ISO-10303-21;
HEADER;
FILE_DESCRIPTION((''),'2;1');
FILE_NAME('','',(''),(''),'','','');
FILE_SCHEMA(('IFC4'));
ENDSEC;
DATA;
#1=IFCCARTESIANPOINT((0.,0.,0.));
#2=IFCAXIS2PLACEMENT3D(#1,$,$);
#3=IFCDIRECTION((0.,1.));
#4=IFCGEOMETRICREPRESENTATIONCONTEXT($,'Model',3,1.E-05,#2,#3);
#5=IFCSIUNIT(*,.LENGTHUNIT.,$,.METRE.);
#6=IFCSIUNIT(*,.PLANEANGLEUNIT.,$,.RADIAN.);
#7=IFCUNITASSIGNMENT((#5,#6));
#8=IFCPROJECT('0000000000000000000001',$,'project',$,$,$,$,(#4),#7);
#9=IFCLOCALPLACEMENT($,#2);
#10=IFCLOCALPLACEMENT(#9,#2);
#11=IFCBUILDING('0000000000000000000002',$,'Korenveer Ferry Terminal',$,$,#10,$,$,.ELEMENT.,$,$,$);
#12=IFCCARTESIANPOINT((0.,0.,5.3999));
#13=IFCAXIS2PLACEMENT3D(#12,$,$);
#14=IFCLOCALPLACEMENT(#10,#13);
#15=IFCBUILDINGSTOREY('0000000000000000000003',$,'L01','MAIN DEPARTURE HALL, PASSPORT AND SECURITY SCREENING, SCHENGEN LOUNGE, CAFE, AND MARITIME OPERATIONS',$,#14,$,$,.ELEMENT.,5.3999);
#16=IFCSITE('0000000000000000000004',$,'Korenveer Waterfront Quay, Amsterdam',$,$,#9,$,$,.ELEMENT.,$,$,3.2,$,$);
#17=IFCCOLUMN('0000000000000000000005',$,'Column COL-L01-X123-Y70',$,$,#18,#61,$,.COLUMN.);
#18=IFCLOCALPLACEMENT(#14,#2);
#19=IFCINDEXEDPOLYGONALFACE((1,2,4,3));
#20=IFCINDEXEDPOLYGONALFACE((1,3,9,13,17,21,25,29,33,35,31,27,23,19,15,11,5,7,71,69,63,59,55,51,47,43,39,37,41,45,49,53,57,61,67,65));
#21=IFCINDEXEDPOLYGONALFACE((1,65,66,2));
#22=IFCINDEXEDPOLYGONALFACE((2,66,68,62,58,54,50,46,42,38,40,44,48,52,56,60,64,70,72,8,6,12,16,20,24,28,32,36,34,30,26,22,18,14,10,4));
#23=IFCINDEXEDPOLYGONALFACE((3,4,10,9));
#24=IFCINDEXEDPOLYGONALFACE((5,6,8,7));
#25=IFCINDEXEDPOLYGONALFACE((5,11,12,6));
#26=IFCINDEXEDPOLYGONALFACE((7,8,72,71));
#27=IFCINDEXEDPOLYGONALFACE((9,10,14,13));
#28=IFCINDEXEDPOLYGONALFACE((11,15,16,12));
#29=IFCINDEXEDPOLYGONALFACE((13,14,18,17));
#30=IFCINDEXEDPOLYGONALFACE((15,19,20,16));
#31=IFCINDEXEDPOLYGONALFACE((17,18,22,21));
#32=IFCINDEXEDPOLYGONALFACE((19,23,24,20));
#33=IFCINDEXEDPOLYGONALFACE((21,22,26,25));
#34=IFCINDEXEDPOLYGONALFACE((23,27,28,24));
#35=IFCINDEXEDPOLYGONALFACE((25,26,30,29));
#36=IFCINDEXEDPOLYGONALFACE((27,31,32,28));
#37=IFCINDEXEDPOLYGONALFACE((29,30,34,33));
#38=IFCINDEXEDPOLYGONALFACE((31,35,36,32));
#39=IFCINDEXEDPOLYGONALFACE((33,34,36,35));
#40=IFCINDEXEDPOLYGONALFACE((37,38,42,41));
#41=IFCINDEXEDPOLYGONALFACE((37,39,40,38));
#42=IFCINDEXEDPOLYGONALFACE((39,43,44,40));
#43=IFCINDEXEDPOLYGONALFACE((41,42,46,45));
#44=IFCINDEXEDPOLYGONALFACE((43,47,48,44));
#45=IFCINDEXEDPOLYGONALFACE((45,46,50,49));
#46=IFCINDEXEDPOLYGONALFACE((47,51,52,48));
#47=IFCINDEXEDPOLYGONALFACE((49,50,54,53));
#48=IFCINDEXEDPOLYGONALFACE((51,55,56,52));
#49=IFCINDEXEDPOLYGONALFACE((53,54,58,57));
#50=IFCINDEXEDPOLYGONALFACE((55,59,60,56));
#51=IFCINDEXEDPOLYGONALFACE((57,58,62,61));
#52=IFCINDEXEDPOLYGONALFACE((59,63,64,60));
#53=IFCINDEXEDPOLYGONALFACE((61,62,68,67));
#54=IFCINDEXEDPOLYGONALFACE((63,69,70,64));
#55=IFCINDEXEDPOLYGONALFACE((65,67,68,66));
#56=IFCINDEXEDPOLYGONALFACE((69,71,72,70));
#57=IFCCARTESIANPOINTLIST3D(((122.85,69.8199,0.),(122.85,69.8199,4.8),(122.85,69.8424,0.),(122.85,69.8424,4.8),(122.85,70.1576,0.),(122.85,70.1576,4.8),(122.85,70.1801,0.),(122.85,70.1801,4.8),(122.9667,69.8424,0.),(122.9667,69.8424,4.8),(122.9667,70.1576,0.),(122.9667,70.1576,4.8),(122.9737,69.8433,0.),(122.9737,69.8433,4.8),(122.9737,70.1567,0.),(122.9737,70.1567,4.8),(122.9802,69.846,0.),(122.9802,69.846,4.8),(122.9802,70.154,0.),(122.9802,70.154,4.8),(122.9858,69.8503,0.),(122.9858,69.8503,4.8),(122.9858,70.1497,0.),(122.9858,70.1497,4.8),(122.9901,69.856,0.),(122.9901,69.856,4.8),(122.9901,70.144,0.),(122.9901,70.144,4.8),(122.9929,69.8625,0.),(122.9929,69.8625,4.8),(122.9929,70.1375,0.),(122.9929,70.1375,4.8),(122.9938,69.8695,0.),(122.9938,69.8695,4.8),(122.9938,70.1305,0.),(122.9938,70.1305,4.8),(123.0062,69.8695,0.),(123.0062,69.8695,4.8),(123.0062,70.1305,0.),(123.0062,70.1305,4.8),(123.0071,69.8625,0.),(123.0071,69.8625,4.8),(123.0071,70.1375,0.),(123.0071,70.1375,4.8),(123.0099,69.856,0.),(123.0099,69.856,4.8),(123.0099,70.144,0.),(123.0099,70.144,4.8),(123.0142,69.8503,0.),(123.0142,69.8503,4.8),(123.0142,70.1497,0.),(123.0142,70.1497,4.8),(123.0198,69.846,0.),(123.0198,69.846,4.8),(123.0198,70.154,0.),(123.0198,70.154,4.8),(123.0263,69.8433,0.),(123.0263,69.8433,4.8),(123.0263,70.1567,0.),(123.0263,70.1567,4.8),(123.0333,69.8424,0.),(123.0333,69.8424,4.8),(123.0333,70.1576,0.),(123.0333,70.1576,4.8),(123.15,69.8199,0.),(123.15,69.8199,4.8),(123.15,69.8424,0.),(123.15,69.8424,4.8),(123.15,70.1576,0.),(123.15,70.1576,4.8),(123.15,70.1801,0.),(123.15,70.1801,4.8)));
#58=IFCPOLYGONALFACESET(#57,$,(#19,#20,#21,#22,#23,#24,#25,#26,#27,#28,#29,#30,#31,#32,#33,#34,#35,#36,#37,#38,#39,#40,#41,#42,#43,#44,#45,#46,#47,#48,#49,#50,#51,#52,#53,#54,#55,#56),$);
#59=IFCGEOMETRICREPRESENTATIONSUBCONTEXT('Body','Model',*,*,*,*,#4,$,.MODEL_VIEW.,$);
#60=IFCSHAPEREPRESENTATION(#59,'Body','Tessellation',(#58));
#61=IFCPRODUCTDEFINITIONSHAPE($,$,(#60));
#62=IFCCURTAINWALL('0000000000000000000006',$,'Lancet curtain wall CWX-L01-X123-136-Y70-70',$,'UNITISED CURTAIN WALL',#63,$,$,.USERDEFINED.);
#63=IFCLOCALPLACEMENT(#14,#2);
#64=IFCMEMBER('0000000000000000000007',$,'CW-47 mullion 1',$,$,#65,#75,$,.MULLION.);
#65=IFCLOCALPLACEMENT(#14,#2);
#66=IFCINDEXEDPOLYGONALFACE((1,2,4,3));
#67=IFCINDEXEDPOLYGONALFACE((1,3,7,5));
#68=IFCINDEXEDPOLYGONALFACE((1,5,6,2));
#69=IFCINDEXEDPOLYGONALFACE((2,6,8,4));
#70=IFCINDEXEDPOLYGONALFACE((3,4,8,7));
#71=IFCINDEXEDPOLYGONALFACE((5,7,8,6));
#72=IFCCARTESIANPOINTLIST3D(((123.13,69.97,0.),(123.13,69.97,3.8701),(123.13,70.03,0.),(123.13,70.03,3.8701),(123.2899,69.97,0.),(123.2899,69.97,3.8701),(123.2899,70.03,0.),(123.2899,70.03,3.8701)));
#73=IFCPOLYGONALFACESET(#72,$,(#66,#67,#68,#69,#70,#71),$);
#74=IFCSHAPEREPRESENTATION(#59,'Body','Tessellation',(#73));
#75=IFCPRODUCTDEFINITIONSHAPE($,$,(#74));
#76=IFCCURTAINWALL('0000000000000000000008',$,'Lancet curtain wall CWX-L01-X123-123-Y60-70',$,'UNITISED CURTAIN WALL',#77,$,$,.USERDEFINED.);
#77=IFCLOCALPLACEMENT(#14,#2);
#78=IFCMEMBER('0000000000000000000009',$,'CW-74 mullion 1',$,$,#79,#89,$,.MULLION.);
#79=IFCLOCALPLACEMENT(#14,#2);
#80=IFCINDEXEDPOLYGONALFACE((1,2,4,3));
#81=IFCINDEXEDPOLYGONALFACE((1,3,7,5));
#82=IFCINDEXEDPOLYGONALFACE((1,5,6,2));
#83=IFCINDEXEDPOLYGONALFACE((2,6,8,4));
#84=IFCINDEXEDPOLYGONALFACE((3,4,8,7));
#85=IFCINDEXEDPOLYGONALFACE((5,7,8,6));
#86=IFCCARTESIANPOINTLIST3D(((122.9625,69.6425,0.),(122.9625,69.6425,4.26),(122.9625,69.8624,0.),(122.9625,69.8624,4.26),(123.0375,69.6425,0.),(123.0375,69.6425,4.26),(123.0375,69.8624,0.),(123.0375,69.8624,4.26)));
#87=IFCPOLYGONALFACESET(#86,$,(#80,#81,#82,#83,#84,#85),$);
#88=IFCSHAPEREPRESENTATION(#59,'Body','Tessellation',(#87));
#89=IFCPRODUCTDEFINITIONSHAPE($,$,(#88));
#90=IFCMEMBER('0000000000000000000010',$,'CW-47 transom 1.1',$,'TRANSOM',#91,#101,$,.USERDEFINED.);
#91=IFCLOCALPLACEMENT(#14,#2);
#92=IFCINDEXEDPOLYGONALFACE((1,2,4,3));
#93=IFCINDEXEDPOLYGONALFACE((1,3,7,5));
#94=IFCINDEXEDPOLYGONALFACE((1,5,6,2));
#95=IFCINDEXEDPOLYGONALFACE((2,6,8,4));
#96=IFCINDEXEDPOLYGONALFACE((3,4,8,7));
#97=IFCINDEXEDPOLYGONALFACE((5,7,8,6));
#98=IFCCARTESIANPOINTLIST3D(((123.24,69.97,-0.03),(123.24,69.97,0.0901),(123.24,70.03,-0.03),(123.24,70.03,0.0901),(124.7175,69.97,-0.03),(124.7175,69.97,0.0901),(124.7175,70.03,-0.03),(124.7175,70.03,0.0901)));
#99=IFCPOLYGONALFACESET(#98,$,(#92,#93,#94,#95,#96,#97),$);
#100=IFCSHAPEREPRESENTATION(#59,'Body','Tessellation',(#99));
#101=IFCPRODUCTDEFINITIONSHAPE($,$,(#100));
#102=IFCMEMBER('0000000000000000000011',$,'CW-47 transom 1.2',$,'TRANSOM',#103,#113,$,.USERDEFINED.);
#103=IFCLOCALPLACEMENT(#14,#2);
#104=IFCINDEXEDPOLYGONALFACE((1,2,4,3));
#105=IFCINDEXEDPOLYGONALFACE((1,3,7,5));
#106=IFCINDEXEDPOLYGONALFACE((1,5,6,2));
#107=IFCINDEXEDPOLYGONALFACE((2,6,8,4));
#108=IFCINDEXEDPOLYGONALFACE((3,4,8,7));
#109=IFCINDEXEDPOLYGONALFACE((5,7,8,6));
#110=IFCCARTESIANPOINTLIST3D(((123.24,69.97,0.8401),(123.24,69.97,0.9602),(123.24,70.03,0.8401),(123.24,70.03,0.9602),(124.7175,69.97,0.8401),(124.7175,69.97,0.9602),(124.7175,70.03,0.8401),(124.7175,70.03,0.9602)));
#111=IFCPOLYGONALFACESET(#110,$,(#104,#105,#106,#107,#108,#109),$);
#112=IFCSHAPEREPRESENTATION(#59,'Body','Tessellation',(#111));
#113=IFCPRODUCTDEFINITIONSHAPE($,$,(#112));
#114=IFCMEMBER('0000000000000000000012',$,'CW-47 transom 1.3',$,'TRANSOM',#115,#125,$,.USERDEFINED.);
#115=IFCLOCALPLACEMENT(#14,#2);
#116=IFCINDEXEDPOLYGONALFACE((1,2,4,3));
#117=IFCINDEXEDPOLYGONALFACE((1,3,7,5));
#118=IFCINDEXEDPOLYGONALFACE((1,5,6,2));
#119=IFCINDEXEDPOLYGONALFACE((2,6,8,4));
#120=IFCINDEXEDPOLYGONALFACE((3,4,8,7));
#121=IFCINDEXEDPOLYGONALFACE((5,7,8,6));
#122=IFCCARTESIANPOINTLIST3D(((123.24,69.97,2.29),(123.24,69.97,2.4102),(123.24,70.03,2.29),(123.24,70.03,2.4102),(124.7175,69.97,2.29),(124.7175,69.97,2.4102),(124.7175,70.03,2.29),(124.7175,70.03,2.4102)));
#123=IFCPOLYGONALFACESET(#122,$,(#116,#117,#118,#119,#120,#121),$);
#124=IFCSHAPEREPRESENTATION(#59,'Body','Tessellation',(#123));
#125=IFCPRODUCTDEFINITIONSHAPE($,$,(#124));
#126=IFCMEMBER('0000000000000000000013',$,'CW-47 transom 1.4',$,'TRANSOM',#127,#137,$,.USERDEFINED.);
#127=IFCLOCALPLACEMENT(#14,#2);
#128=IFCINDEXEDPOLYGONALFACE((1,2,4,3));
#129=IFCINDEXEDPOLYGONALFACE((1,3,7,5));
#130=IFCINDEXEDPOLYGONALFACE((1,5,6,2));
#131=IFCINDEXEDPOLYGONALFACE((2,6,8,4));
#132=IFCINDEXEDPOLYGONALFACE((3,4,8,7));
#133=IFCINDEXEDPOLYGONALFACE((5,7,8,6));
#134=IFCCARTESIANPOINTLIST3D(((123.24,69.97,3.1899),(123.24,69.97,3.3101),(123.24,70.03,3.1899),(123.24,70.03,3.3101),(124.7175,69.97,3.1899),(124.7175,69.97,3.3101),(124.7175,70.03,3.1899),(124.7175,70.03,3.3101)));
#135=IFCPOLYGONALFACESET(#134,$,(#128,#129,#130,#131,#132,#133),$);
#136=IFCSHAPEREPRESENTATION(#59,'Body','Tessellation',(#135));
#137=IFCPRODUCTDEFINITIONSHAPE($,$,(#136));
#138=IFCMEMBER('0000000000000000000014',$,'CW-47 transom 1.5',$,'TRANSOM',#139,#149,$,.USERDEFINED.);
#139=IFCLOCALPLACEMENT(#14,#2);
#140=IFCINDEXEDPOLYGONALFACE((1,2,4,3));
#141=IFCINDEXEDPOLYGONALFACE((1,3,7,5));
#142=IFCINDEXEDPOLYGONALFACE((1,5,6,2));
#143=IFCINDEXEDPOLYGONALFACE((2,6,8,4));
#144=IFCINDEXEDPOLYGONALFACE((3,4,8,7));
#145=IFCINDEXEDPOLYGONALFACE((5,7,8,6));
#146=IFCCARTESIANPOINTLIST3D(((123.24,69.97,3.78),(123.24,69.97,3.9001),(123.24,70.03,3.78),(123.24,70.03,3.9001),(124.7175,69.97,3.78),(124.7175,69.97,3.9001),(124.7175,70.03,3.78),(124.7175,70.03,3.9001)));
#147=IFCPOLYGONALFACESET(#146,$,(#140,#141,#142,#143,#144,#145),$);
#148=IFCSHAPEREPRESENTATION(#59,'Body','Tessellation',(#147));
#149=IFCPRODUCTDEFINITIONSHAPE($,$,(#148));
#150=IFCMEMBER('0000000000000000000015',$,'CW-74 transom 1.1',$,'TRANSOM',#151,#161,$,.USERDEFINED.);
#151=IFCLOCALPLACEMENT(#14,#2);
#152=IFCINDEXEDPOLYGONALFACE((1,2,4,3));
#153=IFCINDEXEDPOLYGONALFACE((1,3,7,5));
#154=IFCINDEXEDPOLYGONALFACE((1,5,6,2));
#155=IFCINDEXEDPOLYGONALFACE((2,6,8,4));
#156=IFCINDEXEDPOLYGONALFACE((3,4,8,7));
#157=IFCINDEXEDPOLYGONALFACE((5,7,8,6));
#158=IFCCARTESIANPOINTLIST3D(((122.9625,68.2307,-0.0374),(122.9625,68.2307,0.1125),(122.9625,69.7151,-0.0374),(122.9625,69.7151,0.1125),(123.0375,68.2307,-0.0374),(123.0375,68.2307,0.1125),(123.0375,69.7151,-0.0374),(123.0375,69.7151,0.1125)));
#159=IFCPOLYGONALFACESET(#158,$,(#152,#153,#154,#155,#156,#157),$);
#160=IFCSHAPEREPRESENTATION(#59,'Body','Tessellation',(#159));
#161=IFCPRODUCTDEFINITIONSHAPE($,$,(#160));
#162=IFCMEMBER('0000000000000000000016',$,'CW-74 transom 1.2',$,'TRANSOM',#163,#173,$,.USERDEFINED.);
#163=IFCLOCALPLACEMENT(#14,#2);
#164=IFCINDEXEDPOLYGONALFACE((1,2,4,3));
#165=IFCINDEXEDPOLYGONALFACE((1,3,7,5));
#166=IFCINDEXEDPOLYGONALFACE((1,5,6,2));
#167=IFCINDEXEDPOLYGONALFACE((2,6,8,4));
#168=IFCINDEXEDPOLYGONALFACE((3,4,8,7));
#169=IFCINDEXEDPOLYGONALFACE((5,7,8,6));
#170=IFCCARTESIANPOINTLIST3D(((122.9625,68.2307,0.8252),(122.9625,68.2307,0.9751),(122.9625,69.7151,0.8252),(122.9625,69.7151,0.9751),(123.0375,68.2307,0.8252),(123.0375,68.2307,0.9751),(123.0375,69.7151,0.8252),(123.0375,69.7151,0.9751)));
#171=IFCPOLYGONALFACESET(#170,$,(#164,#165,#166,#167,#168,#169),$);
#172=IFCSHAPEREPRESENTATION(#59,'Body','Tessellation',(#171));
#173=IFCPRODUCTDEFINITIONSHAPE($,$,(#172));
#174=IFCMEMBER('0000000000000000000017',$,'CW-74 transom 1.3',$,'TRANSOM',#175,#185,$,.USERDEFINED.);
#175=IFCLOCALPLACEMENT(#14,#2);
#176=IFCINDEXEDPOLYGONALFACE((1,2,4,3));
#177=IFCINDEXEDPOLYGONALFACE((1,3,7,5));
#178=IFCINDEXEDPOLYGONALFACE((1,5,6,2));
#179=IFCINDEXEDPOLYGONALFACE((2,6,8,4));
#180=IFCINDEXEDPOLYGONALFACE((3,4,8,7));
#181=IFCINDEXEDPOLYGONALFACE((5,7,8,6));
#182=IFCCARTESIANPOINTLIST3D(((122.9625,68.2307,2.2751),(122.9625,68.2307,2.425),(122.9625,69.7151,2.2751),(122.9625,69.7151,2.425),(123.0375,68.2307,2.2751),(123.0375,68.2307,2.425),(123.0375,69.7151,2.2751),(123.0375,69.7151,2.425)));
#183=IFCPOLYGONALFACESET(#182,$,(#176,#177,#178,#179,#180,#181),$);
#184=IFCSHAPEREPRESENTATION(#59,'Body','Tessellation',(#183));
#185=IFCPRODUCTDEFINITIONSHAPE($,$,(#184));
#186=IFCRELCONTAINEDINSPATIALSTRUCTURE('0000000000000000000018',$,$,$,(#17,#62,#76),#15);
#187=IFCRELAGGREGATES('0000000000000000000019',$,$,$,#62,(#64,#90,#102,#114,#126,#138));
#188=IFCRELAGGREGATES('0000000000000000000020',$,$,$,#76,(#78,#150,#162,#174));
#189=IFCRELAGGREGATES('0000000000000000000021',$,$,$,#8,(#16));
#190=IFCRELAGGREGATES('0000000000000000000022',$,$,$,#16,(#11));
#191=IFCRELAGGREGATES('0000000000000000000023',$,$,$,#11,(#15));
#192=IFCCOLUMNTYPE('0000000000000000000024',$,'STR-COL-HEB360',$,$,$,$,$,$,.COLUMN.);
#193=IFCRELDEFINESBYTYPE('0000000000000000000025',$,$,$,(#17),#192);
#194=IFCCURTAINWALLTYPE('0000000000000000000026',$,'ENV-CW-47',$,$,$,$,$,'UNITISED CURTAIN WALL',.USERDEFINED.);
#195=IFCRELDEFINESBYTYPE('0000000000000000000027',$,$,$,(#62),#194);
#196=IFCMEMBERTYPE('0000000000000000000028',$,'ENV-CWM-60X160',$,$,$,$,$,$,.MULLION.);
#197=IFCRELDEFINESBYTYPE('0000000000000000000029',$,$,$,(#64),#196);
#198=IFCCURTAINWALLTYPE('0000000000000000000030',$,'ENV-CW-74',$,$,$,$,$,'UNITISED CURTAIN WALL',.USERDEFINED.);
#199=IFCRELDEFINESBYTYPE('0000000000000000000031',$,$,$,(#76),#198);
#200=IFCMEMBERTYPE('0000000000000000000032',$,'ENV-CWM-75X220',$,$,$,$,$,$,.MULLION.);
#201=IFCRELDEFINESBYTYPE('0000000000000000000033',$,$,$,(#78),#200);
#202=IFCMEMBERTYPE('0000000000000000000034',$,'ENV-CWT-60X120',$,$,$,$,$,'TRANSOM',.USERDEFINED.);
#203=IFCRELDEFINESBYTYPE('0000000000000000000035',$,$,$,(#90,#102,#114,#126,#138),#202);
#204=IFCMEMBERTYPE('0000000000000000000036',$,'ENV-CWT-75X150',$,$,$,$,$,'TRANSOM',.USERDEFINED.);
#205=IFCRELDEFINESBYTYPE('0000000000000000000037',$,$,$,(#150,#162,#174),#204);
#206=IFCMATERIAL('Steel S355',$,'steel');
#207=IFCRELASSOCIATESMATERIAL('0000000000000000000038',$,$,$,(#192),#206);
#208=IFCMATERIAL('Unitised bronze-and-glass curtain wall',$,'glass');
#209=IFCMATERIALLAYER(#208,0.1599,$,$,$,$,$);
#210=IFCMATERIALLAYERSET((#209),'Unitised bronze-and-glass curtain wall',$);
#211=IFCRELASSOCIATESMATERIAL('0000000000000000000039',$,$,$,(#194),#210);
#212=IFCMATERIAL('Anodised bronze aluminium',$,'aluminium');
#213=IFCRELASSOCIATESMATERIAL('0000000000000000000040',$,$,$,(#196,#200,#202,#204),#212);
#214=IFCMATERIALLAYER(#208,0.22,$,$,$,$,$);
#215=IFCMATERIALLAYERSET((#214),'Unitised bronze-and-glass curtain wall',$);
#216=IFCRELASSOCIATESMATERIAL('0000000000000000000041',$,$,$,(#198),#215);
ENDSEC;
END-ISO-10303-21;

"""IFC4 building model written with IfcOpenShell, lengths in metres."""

from ifc_helpers import new_model, si_unit, direction, frame, origin, origin_2d, place, context, subcontext, project, spatial, rectangle, i_section, extrude, material, layer, layer_set, material_profile, profile_set, type_object, element, aggregate, save


model = new_model("IFC4")

# Units and contexts
model_context = context("Model", 3, precision=1e-05, world=origin(), true_north=direction((0.0, 1.0)))
body_context = subcontext(model_context, "Body", "Model", "MODEL_VIEW")
ifc_project = project(units=[si_unit("LENGTHUNIT", "METRE"), si_unit("PLANEANGLEUNIT", "RADIAN")], contexts=[model_context])

# Site, building, storey
site_placement = place(None, origin())
site = spatial("IfcSite", under=ifc_project, at=site_placement, Name="Korenveer Waterfront Quay, Amsterdam", CompositionType="ELEMENT", RefElevation=3.2)
building_placement = place(site_placement, origin())
building = spatial("IfcBuilding", under=site, at=building_placement, Name="Korenveer Ferry Terminal", CompositionType="ELEMENT")
storey_placement = place(building_placement, frame((0.0, 0.0, 5.3999)))
storey = spatial("IfcBuildingStorey", under=building, at=storey_placement, Name="L01", Description="MAIN DEPARTURE HALL, PASSPORT AND SECURITY SCREENING, SCHENGEN LOUNGE, CAFE, AND MARITIME OPERATIONS", CompositionType="ELEMENT", Elevation=5.3999)

# Column
ifc_material_1 = material(Name="Steel S355", Category="steel")
ifc_material_profile_1 = material_profile(ifc_material_1, i_section(OverallWidth=0.3, OverallDepth=0.3601, WebThickness=0.0125, FlangeThickness=0.0225, FilletRadius=0.0271, at=origin_2d()), Name="HEB 360")
ifc_profile_set_1 = profile_set([ifc_material_profile_1], Name="Steel S355")
column_type = type_object("IfcColumnType", Name="STR-COL-HEB360", PredefinedType="COLUMN", material=ifc_profile_set_1)
column_placement = place(storey_placement, frame((123.0, 70.0, 0.0), z_axis=(0.0, 0.0, 1.0), x_axis=(1.0, 0.0, 0.0)))
element("IfcColumn", 1, at=column_placement, inside=storey, type_object=column_type, Name="Column COL-L01-X123-Y70", PredefinedType="COLUMN", context=body_context, shape_type="SweptSolid", body=[
    extrude(i_section(OverallWidth=0.3, OverallDepth=0.3601, WebThickness=0.0125, FlangeThickness=0.0225, FilletRadius=0.0271, at=origin_2d()), origin(), (0.0, 0.0, 1.0), 4.8),
])

# Curtain walls, members
ifc_material_2 = material(Name="Unitised bronze-and-glass curtain wall", Category="glass")
ifc_layer_1 = layer(ifc_material_2, 0.1599)
ifc_layer_set_1 = layer_set([ifc_layer_1], Name="Unitised bronze-and-glass curtain wall")
curtain_wall_type_1 = type_object("IfcCurtainWallType", Name="ENV-CW-47", ElementType="UNITISED CURTAIN WALL", PredefinedType="USERDEFINED", material=ifc_layer_set_1)
curtain_wall_1_placement = place(storey_placement, frame((123.1799, 70.0, 0.0)))
curtain_wall_1 = element("IfcCurtainWall", 2, at=curtain_wall_1_placement, inside=storey, type_object=curtain_wall_type_1, Name="Lancet curtain wall CWX-L01-X123-136-Y70-70", ObjectType="UNITISED CURTAIN WALL", PredefinedType="USERDEFINED")
ifc_material_3 = material(Name="Anodised bronze aluminium", Category="aluminium")
ifc_material_profile_2 = material_profile(ifc_material_3, rectangle(XDim=0.0601, YDim=0.1599, at=origin_2d()), Name="ALU 60x160")
ifc_profile_set_2 = profile_set([ifc_material_profile_2], Name="Anodised bronze aluminium")
member_type_1 = type_object("IfcMemberType", Name="ENV-CWM-60X160", PredefinedType="MULLION", material=ifc_profile_set_2)
member_1_placement = place(storey_placement, frame((123.21, 70.0, 0.0), z_axis=(0.0, 0.0, 1.0), x_axis=(0.0, 1.0, 0.0)))
member_1 = element("IfcMember", 3, at=member_1_placement, type_object=member_type_1, Name="CW-47 mullion 1", PredefinedType="MULLION", context=body_context, shape_type="SweptSolid", body=[
    extrude(rectangle(XDim=0.0601, YDim=0.1599, at=origin_2d()), origin(), (0.0, 0.0, 1.0), 3.8701),
])
ifc_layer_2 = layer(ifc_material_2, 0.22)
ifc_layer_set_2 = layer_set([ifc_layer_2], Name="Unitised bronze-and-glass curtain wall")
curtain_wall_type_2 = type_object("IfcCurtainWallType", Name="ENV-CW-74", ElementType="UNITISED CURTAIN WALL", PredefinedType="USERDEFINED", material=ifc_layer_set_2)
curtain_wall_2_placement = place(storey_placement, frame((123.0, 69.79, 0.0)))
curtain_wall_2 = element("IfcCurtainWall", 4, at=curtain_wall_2_placement, inside=storey, type_object=curtain_wall_type_2, Name="Lancet curtain wall CWX-L01-X123-123-Y60-70", ObjectType="UNITISED CURTAIN WALL", PredefinedType="USERDEFINED")
ifc_material_profile_3 = material_profile(ifc_material_3, rectangle(XDim=0.075, YDim=0.22, at=origin_2d()), Name="ALU 75x220")
ifc_profile_set_3 = profile_set([ifc_material_profile_3], Name="Anodised bronze aluminium")
member_type_2 = type_object("IfcMemberType", Name="ENV-CWM-75X220", PredefinedType="MULLION", material=ifc_profile_set_3)
member_2_placement = place(storey_placement, frame((123.0, 69.7524, 0.0), z_axis=(0.0, 0.0, 1.0), x_axis=(1.0, 0.0, 0.0)))
member_2 = element("IfcMember", 5, at=member_2_placement, type_object=member_type_2, Name="CW-74 mullion 1", PredefinedType="MULLION", context=body_context, shape_type="SweptSolid", body=[
    extrude(rectangle(XDim=0.075, YDim=0.22, at=origin_2d()), origin(), (0.0, 0.0, 1.0), 4.26),
])

# Members
ifc_material_profile_4 = material_profile(ifc_material_3, rectangle(XDim=0.0601, YDim=0.1201, at=origin_2d()), Name="ALU 60x120")
ifc_profile_set_4 = profile_set([ifc_material_profile_4], Name="Anodised bronze aluminium")
member_type_3 = type_object("IfcMemberType", Name="ENV-CWT-60X120", ElementType="TRANSOM", PredefinedType="USERDEFINED", material=ifc_profile_set_4)
member_3_placement = place(storey_placement, frame((123.24, 70.0, 0.03), z_axis=(1.0, 0.0, 0.0), x_axis=(0.0, 1.0, 0.0)))
member_3 = element("IfcMember", 6, at=member_3_placement, type_object=member_type_3, Name="CW-47 transom 1.1", ObjectType="TRANSOM", PredefinedType="USERDEFINED", context=body_context, shape_type="SweptSolid", body=[
    extrude(rectangle(XDim=0.0601, YDim=0.1201, at=origin_2d()), origin(), (0.0, 0.0, 1.0), 1.4775),
])
member_4_placement = place(storey_placement, frame((123.24, 70.0, 0.9001), z_axis=(1.0, 0.0, 0.0), x_axis=(0.0, 1.0, 0.0)))
member_4 = element("IfcMember", 7, at=member_4_placement, type_object=member_type_3, Name="CW-47 transom 1.2", ObjectType="TRANSOM", PredefinedType="USERDEFINED", context=body_context, shape_type="SweptSolid", body=[
    extrude(rectangle(XDim=0.0601, YDim=0.1201, at=origin_2d()), origin(), (0.0, 0.0, 1.0), 1.4775),
])
member_5_placement = place(storey_placement, frame((123.24, 70.0, 2.3501), z_axis=(1.0, 0.0, 0.0), x_axis=(0.0, 1.0, 0.0)))
member_5 = element("IfcMember", 8, at=member_5_placement, type_object=member_type_3, Name="CW-47 transom 1.3", ObjectType="TRANSOM", PredefinedType="USERDEFINED", context=body_context, shape_type="SweptSolid", body=[
    extrude(rectangle(XDim=0.0601, YDim=0.1201, at=origin_2d()), origin(), (0.0, 0.0, 1.0), 1.4775),
])
member_6_placement = place(storey_placement, frame((123.24, 70.0, 3.25), z_axis=(1.0, 0.0, 0.0), x_axis=(0.0, 1.0, 0.0)))
member_6 = element("IfcMember", 9, at=member_6_placement, type_object=member_type_3, Name="CW-47 transom 1.4", ObjectType="TRANSOM", PredefinedType="USERDEFINED", context=body_context, shape_type="SweptSolid", body=[
    extrude(rectangle(XDim=0.0601, YDim=0.1201, at=origin_2d()), origin(), (0.0, 0.0, 1.0), 1.4775),
])
member_7_placement = place(storey_placement, frame((123.24, 70.0, 3.8401), z_axis=(1.0, 0.0, 0.0), x_axis=(0.0, 1.0, 0.0)))
member_7 = element("IfcMember", 10, at=member_7_placement, type_object=member_type_3, Name="CW-47 transom 1.5", ObjectType="TRANSOM", PredefinedType="USERDEFINED", context=body_context, shape_type="SweptSolid", body=[
    extrude(rectangle(XDim=0.0601, YDim=0.1201, at=origin_2d()), origin(), (0.0, 0.0, 1.0), 1.4775),
])
ifc_material_profile_5 = material_profile(ifc_material_3, rectangle(XDim=0.075, YDim=0.1499, at=origin_2d()), Name="ALU 75x150")
ifc_profile_set_5 = profile_set([ifc_material_profile_5], Name="Anodised bronze aluminium")
member_type_4 = type_object("IfcMemberType", Name="ENV-CWT-75X150", ElementType="TRANSOM", PredefinedType="USERDEFINED", material=ifc_profile_set_5)
member_8_placement = place(storey_placement, frame((123.0, 69.7151, 0.0376), z_axis=(0.0, -1.0, 0.0), x_axis=(1.0, 0.0, 0.0)))
member_8 = element("IfcMember", 11, at=member_8_placement, type_object=member_type_4, Name="CW-74 transom 1.1", ObjectType="TRANSOM", PredefinedType="USERDEFINED", context=body_context, shape_type="SweptSolid", body=[
    extrude(rectangle(XDim=0.075, YDim=0.1499, at=origin_2d()), origin(), (0.0, 0.0, 1.0), 1.4844),
])
member_9_placement = place(storey_placement, frame((123.0, 69.7151, 0.9001), z_axis=(0.0, -1.0, 0.0), x_axis=(1.0, 0.0, 0.0)))
member_9 = element("IfcMember", 12, at=member_9_placement, type_object=member_type_4, Name="CW-74 transom 1.2", ObjectType="TRANSOM", PredefinedType="USERDEFINED", context=body_context, shape_type="SweptSolid", body=[
    extrude(rectangle(XDim=0.075, YDim=0.1499, at=origin_2d()), origin(), (0.0, 0.0, 1.0), 1.4844),
])
member_10_placement = place(storey_placement, frame((123.0, 69.7151, 2.3501), z_axis=(0.0, -1.0, 0.0), x_axis=(1.0, 0.0, 0.0)))
member_10 = element("IfcMember", 13, at=member_10_placement, type_object=member_type_4, Name="CW-74 transom 1.3", ObjectType="TRANSOM", PredefinedType="USERDEFINED", context=body_context, shape_type="SweptSolid", body=[
    extrude(rectangle(XDim=0.075, YDim=0.1499, at=origin_2d()), origin(), (0.0, 0.0, 1.0), 1.4844),
])

aggregate(curtain_wall_1, [member_1, member_3, member_4, member_5, member_6, member_7])
aggregate(curtain_wall_2, [member_2, member_8, member_9, member_10])

save(model, "model.ifc")
